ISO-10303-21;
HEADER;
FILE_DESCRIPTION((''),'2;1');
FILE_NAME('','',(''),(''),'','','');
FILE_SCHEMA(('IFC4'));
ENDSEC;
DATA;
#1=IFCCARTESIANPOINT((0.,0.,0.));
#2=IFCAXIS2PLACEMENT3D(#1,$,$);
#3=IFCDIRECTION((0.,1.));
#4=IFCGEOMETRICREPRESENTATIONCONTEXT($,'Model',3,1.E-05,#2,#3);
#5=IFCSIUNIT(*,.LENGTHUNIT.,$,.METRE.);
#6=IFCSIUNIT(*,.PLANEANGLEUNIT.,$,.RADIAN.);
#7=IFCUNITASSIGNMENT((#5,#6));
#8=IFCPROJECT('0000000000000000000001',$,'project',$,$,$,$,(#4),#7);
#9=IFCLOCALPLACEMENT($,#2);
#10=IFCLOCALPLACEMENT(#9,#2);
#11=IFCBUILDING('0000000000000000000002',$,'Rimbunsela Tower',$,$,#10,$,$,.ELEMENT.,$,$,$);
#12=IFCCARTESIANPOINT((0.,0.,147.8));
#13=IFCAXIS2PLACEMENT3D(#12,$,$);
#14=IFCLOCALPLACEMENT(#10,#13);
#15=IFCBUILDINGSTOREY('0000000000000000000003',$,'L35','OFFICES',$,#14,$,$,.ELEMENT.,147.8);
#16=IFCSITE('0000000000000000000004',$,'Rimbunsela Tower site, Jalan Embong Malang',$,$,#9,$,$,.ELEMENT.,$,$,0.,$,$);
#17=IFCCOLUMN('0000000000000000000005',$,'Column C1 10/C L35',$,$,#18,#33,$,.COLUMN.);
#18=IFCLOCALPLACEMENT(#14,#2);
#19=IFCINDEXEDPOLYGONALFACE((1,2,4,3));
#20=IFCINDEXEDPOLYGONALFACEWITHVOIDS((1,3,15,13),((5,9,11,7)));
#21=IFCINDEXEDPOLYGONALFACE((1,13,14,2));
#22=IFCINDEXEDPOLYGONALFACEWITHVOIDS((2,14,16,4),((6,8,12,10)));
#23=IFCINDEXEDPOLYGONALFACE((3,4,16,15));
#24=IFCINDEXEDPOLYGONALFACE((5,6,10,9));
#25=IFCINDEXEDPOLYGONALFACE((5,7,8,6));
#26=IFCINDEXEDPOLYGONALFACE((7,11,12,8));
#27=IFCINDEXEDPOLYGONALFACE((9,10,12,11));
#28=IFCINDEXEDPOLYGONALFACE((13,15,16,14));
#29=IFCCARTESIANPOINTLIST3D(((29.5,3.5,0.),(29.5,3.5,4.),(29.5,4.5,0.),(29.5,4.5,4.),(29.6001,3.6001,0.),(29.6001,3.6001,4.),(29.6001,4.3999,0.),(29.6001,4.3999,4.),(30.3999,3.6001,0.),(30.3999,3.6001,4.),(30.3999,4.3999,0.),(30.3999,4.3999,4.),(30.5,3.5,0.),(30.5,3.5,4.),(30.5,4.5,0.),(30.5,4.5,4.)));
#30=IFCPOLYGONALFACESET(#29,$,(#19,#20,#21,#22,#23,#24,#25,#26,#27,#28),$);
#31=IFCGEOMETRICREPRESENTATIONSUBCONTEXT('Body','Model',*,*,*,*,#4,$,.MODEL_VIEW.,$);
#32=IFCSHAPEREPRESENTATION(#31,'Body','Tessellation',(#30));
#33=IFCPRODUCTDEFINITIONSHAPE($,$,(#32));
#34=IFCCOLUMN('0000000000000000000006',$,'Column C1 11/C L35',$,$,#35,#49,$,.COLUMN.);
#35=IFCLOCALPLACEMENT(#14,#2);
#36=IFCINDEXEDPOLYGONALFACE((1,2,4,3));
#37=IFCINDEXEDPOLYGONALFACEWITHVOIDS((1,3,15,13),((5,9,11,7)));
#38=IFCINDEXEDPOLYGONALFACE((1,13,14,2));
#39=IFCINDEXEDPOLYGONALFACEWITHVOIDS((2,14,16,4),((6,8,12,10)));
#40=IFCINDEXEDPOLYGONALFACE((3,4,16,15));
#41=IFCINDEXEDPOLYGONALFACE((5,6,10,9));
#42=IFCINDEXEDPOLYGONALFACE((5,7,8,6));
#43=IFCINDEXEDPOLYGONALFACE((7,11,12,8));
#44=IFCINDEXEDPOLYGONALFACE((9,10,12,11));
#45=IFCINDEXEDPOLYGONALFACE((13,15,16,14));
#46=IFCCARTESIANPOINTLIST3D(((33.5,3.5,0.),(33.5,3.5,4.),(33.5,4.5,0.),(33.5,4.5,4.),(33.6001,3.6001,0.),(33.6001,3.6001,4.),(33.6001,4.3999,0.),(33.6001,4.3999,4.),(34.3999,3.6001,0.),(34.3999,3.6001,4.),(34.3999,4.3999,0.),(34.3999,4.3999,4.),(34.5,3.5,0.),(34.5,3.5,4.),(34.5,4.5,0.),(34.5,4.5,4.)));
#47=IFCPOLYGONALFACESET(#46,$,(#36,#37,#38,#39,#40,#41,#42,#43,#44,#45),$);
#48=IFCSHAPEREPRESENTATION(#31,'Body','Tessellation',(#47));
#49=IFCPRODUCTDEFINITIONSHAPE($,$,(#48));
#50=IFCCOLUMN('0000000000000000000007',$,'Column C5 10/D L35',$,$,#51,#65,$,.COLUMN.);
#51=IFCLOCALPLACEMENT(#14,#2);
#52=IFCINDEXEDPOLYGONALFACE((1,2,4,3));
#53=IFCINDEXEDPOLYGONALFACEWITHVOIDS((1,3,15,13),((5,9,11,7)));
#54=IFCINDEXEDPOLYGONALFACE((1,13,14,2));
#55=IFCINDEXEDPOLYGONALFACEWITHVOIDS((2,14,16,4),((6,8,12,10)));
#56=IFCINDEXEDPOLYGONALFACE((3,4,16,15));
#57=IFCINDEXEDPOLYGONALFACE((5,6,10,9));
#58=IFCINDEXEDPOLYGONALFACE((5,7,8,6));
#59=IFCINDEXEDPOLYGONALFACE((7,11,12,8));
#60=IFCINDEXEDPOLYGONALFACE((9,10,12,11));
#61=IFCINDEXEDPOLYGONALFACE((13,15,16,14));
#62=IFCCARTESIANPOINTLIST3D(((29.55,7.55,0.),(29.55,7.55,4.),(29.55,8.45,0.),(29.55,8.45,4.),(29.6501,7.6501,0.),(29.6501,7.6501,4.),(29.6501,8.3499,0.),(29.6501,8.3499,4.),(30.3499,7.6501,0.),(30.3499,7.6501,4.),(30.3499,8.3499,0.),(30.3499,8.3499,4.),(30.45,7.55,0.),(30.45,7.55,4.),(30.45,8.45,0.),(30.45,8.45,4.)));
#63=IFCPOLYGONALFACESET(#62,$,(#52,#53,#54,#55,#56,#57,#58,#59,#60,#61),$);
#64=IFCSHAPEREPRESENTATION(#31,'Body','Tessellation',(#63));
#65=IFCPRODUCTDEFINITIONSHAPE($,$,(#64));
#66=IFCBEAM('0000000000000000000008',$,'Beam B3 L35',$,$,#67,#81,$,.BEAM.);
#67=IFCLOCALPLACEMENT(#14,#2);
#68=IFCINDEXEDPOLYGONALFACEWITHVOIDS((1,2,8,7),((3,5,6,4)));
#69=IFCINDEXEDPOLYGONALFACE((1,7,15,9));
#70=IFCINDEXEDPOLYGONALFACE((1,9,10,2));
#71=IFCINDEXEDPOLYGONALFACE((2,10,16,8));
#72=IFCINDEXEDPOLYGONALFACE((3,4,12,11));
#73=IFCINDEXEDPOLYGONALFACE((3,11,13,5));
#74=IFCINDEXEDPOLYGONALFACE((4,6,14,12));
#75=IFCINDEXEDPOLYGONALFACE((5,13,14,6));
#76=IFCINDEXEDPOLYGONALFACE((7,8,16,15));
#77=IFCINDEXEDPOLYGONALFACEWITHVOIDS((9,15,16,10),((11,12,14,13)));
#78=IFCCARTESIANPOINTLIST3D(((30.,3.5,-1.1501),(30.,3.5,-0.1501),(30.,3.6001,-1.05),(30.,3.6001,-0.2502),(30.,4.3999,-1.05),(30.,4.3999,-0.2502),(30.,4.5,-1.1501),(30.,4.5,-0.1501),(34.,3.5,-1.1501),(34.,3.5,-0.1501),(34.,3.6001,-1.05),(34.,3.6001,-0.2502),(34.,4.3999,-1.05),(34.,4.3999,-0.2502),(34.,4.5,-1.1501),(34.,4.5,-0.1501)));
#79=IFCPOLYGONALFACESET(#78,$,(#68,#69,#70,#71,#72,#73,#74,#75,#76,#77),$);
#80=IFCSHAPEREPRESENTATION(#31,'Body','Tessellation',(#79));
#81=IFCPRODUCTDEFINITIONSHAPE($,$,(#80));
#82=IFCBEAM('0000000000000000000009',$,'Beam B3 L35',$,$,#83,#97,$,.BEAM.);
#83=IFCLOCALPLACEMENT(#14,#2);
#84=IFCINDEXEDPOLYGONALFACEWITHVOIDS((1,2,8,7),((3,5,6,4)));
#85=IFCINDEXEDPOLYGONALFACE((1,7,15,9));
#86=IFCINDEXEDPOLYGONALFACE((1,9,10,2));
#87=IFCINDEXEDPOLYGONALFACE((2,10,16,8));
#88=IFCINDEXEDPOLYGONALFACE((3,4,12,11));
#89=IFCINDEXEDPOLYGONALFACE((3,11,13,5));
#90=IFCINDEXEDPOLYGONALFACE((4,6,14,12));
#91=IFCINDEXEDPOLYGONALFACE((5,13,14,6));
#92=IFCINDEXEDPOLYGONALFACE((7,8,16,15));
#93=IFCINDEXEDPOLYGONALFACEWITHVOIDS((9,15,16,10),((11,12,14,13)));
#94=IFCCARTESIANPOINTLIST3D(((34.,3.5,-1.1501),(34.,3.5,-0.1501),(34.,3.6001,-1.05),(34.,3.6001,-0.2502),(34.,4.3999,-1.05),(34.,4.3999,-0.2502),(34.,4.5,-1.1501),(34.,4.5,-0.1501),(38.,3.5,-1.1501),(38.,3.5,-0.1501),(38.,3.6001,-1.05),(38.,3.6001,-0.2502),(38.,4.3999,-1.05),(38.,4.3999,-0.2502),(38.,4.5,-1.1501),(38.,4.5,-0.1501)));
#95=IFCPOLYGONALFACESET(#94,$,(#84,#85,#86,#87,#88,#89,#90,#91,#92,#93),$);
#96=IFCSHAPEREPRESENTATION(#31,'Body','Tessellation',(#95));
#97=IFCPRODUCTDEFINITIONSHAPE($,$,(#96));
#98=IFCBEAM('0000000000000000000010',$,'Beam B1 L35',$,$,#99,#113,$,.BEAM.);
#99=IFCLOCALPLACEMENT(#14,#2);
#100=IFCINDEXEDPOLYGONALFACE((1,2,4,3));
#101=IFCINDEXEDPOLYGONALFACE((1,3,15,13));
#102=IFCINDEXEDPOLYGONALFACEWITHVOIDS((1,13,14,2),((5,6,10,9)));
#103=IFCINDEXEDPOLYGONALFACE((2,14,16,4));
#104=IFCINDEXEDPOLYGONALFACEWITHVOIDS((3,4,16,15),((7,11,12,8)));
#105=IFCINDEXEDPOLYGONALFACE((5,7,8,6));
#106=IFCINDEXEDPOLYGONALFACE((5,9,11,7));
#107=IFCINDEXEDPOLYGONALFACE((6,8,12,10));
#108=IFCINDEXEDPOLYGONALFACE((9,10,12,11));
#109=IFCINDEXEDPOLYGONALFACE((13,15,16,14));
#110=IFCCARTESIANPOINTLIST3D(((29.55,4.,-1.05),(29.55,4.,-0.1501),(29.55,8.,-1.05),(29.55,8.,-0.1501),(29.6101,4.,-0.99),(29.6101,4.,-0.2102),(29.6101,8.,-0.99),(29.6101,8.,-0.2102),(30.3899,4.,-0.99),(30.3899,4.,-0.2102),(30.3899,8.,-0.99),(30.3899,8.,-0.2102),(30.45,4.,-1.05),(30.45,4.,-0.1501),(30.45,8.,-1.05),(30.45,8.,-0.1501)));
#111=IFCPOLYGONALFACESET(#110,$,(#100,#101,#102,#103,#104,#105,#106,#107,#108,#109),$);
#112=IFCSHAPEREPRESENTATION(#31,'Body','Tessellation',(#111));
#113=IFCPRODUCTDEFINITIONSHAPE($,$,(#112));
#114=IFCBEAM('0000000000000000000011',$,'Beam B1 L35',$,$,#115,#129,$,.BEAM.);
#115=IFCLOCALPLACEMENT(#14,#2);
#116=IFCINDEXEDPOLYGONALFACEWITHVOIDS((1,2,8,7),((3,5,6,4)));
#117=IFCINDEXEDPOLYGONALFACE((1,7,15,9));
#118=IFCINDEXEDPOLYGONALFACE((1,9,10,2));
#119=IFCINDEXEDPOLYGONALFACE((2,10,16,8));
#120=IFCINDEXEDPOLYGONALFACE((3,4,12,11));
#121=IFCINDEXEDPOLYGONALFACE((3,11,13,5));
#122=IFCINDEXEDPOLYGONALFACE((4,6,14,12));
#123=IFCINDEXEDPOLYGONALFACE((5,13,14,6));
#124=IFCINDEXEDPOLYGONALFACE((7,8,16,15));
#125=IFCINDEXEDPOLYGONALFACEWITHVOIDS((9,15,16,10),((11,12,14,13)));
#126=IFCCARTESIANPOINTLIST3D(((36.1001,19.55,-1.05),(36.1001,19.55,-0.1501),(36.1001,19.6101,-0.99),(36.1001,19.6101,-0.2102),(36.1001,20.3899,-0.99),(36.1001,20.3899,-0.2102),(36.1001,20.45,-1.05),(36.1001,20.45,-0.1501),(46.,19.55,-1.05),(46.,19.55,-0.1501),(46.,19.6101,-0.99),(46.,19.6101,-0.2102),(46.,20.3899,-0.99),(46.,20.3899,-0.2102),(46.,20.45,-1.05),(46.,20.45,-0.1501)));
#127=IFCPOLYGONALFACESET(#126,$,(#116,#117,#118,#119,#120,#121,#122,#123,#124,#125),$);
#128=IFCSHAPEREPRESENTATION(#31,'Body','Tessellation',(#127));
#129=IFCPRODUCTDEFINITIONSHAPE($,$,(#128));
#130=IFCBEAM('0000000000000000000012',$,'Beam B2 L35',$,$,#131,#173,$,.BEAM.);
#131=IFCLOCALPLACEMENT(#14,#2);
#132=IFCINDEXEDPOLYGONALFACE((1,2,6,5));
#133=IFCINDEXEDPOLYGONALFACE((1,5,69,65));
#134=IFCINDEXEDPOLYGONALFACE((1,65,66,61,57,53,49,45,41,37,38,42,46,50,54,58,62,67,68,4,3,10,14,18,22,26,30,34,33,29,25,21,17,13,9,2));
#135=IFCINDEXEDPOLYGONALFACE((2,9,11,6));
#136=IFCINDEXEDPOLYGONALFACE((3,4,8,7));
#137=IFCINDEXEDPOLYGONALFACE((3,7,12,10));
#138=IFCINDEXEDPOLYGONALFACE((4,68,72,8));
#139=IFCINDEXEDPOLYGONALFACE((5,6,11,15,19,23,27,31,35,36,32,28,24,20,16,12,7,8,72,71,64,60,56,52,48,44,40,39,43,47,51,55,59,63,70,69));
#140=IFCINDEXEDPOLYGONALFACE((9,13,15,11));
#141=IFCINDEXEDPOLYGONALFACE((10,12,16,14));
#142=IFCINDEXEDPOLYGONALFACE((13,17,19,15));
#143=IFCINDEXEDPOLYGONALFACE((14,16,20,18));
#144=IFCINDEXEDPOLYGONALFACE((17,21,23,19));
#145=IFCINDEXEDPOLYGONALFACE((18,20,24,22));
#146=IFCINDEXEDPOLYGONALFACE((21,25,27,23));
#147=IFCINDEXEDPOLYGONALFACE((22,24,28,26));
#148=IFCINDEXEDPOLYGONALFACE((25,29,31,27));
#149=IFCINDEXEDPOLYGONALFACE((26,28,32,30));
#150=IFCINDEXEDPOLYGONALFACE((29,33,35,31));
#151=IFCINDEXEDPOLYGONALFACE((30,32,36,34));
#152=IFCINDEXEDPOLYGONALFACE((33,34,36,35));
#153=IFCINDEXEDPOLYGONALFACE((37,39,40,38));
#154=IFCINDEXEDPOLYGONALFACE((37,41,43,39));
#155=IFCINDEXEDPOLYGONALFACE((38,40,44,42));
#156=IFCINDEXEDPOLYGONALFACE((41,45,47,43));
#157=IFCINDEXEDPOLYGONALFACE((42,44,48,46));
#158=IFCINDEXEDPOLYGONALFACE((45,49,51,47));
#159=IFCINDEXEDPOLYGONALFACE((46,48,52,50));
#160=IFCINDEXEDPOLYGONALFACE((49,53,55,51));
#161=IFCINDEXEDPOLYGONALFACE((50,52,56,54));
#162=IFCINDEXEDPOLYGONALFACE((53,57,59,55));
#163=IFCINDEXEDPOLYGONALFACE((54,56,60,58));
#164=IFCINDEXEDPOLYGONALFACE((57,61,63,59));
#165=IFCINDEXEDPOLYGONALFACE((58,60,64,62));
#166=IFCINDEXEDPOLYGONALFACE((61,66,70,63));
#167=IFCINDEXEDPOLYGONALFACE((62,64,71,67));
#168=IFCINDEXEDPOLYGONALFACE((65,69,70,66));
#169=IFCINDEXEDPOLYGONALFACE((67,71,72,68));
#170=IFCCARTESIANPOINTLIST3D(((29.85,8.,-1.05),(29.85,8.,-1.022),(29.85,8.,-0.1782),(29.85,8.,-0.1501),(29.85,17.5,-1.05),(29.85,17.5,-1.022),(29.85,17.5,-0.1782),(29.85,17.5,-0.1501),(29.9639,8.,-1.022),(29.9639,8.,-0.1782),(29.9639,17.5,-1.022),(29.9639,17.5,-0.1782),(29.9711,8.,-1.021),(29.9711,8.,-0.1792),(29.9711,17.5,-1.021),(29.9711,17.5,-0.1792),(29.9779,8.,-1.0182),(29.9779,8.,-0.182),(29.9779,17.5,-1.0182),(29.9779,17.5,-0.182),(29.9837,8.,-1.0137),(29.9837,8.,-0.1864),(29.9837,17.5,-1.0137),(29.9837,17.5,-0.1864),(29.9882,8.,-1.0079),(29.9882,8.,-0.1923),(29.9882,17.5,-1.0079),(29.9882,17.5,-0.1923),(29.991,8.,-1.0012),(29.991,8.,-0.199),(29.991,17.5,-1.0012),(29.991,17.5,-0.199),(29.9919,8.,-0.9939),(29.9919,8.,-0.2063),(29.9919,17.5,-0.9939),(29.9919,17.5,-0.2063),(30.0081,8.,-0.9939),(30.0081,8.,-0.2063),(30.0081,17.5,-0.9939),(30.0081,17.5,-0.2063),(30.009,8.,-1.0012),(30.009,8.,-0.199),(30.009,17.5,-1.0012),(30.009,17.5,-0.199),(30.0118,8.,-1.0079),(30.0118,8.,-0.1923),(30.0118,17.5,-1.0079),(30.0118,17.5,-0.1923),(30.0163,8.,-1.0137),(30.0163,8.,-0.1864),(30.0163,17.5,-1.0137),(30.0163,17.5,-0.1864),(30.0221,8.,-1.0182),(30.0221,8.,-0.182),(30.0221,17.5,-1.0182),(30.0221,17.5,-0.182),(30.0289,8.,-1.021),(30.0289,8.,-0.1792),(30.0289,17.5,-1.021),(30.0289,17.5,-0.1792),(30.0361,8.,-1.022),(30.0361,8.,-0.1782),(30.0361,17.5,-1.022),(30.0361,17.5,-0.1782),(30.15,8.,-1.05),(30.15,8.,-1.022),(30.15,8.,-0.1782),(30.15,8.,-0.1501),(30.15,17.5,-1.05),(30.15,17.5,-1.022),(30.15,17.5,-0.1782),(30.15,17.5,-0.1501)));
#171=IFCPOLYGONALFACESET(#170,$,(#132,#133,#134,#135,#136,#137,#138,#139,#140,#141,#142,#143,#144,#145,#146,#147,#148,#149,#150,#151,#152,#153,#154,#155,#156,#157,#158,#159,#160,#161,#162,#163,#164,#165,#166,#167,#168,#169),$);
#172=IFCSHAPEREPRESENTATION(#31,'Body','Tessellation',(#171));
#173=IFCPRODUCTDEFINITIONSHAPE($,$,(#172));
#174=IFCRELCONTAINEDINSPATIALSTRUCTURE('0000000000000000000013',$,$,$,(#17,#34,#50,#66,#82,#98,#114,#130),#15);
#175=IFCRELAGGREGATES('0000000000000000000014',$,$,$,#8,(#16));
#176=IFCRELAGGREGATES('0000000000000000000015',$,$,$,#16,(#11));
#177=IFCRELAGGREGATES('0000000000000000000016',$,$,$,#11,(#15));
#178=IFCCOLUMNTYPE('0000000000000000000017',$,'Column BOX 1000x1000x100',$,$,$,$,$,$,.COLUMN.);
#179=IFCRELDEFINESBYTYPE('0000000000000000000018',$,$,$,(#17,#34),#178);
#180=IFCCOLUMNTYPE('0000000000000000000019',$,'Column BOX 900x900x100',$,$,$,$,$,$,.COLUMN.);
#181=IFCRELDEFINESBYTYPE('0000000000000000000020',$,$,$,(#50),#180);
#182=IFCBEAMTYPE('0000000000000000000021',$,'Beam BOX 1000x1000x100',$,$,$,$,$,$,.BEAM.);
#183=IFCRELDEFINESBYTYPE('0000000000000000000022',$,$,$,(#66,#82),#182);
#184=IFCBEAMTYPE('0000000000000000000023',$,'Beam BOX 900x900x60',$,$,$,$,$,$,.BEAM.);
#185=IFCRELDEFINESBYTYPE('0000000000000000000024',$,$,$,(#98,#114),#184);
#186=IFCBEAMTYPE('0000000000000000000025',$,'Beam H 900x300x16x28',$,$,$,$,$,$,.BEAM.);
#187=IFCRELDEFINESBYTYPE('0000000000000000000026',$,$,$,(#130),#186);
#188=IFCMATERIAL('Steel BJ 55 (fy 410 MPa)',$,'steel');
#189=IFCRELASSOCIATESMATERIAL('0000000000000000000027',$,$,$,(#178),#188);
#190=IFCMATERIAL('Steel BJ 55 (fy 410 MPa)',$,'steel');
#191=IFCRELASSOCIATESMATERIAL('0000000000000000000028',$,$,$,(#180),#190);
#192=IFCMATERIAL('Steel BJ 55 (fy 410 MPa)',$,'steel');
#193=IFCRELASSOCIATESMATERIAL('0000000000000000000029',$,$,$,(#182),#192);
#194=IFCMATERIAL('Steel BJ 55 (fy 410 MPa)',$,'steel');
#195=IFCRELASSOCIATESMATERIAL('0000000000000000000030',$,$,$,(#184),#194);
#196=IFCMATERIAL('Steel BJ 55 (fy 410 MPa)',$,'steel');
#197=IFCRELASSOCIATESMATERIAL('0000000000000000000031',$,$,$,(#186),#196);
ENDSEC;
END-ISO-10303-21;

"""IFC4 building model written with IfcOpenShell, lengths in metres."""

from ifc_helpers import new_model, si_unit, direction, frame, origin, origin_2d, place, context, subcontext, project, spatial, hollow_rectangle, i_section, extrude, material, material_profile, profile_set, type_object, element, save


model = new_model("IFC4")

# Units and contexts
model_context = context("Model", 3, precision=1e-05, world=origin(), true_north=direction((0.0, 1.0)))
body_context = subcontext(model_context, "Body", "Model", "MODEL_VIEW")
ifc_project = project(units=[si_unit("LENGTHUNIT", "METRE"), si_unit("PLANEANGLEUNIT", "RADIAN")], contexts=[model_context])

# Site, building, storey
site_placement = place(None, origin())
site = spatial("IfcSite", under=ifc_project, at=site_placement, Name="Rimbunsela Tower site, Jalan Embong Malang", CompositionType="ELEMENT", RefElevation=0.0)
building_placement = place(site_placement, origin())
building = spatial("IfcBuilding", under=site, at=building_placement, Name="Rimbunsela Tower", CompositionType="ELEMENT")
storey_placement = place(building_placement, frame((0.0, 0.0, 147.8)))
storey = spatial("IfcBuildingStorey", under=building, at=storey_placement, Name="L35", Description="OFFICES", CompositionType="ELEMENT", Elevation=147.8)

# Columns
ifc_material_1 = material(Name="Steel BJ 55 (fy 410 MPa)", Category="steel")
ifc_material_profile_1 = material_profile(ifc_material_1, hollow_rectangle(XDim=1.0, YDim=1.0, WallThickness=0.1001, at=origin_2d()), Name="BOX 1000x1000x100")
ifc_profile_set_1 = profile_set([ifc_material_profile_1], Name="Steel BJ 55 (fy 410 MPa)")
column_type_1 = type_object("IfcColumnType", Name="Column BOX 1000x1000x100", PredefinedType="COLUMN", material=ifc_profile_set_1)
for number, where, z_axis, x_axis, name in (
    (1, (30.0, 4.0, 0.0), (0.0, 0.0, 1.0), (1.0, 0.0, 0.0), "Column C1 10/C L35"),
    (2, (34.0, 4.0, 0.0), (0.0, 0.0, 1.0), (1.0, 0.0, 0.0), "Column C1 11/C L35"),
):
    element("IfcColumn", number, at=place(storey_placement, frame(where, z_axis=z_axis, x_axis=x_axis)), inside=storey, type_object=column_type_1, Name=name, PredefinedType="COLUMN", context=body_context, shape_type="SweptSolid", body=[
        extrude(hollow_rectangle(XDim=1.0, YDim=1.0, WallThickness=0.1001, at=origin_2d()), origin(), (0.0, 0.0, 1.0), 4.0),
    ])
ifc_material_2 = material(Name="Steel BJ 55 (fy 410 MPa)", Category="steel")
ifc_material_profile_2 = material_profile(ifc_material_2, hollow_rectangle(XDim=0.8999, YDim=0.8999, WallThickness=0.1001, at=origin_2d()), Name="BOX 900x900x100")
ifc_profile_set_2 = profile_set([ifc_material_profile_2], Name="Steel BJ 55 (fy 410 MPa)")
column_type_2 = type_object("IfcColumnType", Name="Column BOX 900x900x100", PredefinedType="COLUMN", material=ifc_profile_set_2)
column_placement = place(storey_placement, frame((30.0, 8.0, 0.0), z_axis=(0.0, 0.0, 1.0), x_axis=(1.0, 0.0, 0.0)))
element("IfcColumn", 3, at=column_placement, inside=storey, type_object=column_type_2, Name="Column C5 10/D L35", PredefinedType="COLUMN", context=body_context, shape_type="SweptSolid", body=[
    extrude(hollow_rectangle(XDim=0.8999, YDim=0.8999, WallThickness=0.1001, at=origin_2d()), origin(), (0.0, 0.0, 1.0), 4.0),
])

# Beams
ifc_material_3 = material(Name="Steel BJ 55 (fy 410 MPa)", Category="steel")
ifc_material_profile_3 = material_profile(ifc_material_3, hollow_rectangle(XDim=1.0, YDim=1.0, WallThickness=0.1001, at=origin_2d()), Name="BOX 1000x1000x100")
ifc_profile_set_3 = profile_set([ifc_material_profile_3], Name="Steel BJ 55 (fy 410 MPa)")
beam_type_1 = type_object("IfcBeamType", Name="Beam BOX 1000x1000x100", PredefinedType="BEAM", material=ifc_profile_set_3)
for number, where, z_axis, x_axis, name in (
    (4, (30.0, 4.0, -0.6501), (1.0, 0.0, 0.0), (0.0, 1.0, 0.0), "Beam B3 L35"),
    (5, (34.0, 4.0, -0.6501), (1.0, 0.0, 0.0), (0.0, 1.0, 0.0), "Beam B3 L35"),
):
    element("IfcBeam", number, at=place(storey_placement, frame(where, z_axis=z_axis, x_axis=x_axis)), inside=storey, type_object=beam_type_1, Name=name, PredefinedType="BEAM", context=body_context, shape_type="SweptSolid", body=[
        extrude(hollow_rectangle(XDim=1.0, YDim=1.0, WallThickness=0.1001, at=origin_2d()), origin(), (0.0, 0.0, 1.0), 4.0),
    ])
ifc_material_4 = material(Name="Steel BJ 55 (fy 410 MPa)", Category="steel")
ifc_material_profile_4 = material_profile(ifc_material_4, hollow_rectangle(XDim=0.8999, YDim=0.8999, WallThickness=0.0601, at=origin_2d()), Name="BOX 900x900x60")
ifc_profile_set_4 = profile_set([ifc_material_profile_4], Name="Steel BJ 55 (fy 410 MPa)")
beam_type_2 = type_object("IfcBeamType", Name="Beam BOX 900x900x60", PredefinedType="BEAM", material=ifc_profile_set_4)
beam_1_placement = place(storey_placement, frame((30.0, 4.0, -0.6001), z_axis=(0.0, 1.0, 0.0), x_axis=(-1.0, 0.0, 0.0)))
element("IfcBeam", 6, at=beam_1_placement, inside=storey, type_object=beam_type_2, Name="Beam B1 L35", PredefinedType="BEAM", context=body_context, shape_type="SweptSolid", body=[
    extrude(hollow_rectangle(XDim=0.8999, YDim=0.8999, WallThickness=0.0601, at=origin_2d()), origin(), (0.0, 0.0, 1.0), 4.0),
])
beam_2_placement = place(storey_placement, frame((36.1001, 20.0, -0.6001), z_axis=(1.0, 0.0, 0.0), x_axis=(0.0, 1.0, 0.0)))
element("IfcBeam", 7, at=beam_2_placement, inside=storey, type_object=beam_type_2, Name="Beam B1 L35", PredefinedType="BEAM", context=body_context, shape_type="SweptSolid", body=[
    extrude(hollow_rectangle(XDim=0.8999, YDim=0.8999, WallThickness=0.0601, at=origin_2d()), origin(), (0.0, 0.0, 1.0), 9.8999),
])
ifc_material_5 = material(Name="Steel BJ 55 (fy 410 MPa)", Category="steel")
ifc_material_profile_5 = material_profile(ifc_material_5, i_section(OverallWidth=0.3, OverallDepth=0.8999, WebThickness=0.0161, FlangeThickness=0.0281, FilletRadius=0.0281, at=origin_2d()), Name="H 900x300x16x28")
ifc_profile_set_5 = profile_set([ifc_material_profile_5], Name="Steel BJ 55 (fy 410 MPa)")
beam_type_3 = type_object("IfcBeamType", Name="Beam H 900x300x16x28", PredefinedType="BEAM", material=ifc_profile_set_5)
beam_3_placement = place(storey_placement, frame((30.0, 8.0, -0.6001), z_axis=(0.0, 1.0, 0.0), x_axis=(-1.0, 0.0, 0.0)))
element("IfcBeam", 8, at=beam_3_placement, inside=storey, type_object=beam_type_3, Name="Beam B2 L35", PredefinedType="BEAM", context=body_context, shape_type="SweptSolid", body=[
    extrude(i_section(OverallWidth=0.3, OverallDepth=0.8999, WebThickness=0.0161, FlangeThickness=0.0281, FilletRadius=0.0281, at=origin_2d()), origin(), (0.0, 0.0, 1.0), 9.5),
])

save(model, "model.ifc")
